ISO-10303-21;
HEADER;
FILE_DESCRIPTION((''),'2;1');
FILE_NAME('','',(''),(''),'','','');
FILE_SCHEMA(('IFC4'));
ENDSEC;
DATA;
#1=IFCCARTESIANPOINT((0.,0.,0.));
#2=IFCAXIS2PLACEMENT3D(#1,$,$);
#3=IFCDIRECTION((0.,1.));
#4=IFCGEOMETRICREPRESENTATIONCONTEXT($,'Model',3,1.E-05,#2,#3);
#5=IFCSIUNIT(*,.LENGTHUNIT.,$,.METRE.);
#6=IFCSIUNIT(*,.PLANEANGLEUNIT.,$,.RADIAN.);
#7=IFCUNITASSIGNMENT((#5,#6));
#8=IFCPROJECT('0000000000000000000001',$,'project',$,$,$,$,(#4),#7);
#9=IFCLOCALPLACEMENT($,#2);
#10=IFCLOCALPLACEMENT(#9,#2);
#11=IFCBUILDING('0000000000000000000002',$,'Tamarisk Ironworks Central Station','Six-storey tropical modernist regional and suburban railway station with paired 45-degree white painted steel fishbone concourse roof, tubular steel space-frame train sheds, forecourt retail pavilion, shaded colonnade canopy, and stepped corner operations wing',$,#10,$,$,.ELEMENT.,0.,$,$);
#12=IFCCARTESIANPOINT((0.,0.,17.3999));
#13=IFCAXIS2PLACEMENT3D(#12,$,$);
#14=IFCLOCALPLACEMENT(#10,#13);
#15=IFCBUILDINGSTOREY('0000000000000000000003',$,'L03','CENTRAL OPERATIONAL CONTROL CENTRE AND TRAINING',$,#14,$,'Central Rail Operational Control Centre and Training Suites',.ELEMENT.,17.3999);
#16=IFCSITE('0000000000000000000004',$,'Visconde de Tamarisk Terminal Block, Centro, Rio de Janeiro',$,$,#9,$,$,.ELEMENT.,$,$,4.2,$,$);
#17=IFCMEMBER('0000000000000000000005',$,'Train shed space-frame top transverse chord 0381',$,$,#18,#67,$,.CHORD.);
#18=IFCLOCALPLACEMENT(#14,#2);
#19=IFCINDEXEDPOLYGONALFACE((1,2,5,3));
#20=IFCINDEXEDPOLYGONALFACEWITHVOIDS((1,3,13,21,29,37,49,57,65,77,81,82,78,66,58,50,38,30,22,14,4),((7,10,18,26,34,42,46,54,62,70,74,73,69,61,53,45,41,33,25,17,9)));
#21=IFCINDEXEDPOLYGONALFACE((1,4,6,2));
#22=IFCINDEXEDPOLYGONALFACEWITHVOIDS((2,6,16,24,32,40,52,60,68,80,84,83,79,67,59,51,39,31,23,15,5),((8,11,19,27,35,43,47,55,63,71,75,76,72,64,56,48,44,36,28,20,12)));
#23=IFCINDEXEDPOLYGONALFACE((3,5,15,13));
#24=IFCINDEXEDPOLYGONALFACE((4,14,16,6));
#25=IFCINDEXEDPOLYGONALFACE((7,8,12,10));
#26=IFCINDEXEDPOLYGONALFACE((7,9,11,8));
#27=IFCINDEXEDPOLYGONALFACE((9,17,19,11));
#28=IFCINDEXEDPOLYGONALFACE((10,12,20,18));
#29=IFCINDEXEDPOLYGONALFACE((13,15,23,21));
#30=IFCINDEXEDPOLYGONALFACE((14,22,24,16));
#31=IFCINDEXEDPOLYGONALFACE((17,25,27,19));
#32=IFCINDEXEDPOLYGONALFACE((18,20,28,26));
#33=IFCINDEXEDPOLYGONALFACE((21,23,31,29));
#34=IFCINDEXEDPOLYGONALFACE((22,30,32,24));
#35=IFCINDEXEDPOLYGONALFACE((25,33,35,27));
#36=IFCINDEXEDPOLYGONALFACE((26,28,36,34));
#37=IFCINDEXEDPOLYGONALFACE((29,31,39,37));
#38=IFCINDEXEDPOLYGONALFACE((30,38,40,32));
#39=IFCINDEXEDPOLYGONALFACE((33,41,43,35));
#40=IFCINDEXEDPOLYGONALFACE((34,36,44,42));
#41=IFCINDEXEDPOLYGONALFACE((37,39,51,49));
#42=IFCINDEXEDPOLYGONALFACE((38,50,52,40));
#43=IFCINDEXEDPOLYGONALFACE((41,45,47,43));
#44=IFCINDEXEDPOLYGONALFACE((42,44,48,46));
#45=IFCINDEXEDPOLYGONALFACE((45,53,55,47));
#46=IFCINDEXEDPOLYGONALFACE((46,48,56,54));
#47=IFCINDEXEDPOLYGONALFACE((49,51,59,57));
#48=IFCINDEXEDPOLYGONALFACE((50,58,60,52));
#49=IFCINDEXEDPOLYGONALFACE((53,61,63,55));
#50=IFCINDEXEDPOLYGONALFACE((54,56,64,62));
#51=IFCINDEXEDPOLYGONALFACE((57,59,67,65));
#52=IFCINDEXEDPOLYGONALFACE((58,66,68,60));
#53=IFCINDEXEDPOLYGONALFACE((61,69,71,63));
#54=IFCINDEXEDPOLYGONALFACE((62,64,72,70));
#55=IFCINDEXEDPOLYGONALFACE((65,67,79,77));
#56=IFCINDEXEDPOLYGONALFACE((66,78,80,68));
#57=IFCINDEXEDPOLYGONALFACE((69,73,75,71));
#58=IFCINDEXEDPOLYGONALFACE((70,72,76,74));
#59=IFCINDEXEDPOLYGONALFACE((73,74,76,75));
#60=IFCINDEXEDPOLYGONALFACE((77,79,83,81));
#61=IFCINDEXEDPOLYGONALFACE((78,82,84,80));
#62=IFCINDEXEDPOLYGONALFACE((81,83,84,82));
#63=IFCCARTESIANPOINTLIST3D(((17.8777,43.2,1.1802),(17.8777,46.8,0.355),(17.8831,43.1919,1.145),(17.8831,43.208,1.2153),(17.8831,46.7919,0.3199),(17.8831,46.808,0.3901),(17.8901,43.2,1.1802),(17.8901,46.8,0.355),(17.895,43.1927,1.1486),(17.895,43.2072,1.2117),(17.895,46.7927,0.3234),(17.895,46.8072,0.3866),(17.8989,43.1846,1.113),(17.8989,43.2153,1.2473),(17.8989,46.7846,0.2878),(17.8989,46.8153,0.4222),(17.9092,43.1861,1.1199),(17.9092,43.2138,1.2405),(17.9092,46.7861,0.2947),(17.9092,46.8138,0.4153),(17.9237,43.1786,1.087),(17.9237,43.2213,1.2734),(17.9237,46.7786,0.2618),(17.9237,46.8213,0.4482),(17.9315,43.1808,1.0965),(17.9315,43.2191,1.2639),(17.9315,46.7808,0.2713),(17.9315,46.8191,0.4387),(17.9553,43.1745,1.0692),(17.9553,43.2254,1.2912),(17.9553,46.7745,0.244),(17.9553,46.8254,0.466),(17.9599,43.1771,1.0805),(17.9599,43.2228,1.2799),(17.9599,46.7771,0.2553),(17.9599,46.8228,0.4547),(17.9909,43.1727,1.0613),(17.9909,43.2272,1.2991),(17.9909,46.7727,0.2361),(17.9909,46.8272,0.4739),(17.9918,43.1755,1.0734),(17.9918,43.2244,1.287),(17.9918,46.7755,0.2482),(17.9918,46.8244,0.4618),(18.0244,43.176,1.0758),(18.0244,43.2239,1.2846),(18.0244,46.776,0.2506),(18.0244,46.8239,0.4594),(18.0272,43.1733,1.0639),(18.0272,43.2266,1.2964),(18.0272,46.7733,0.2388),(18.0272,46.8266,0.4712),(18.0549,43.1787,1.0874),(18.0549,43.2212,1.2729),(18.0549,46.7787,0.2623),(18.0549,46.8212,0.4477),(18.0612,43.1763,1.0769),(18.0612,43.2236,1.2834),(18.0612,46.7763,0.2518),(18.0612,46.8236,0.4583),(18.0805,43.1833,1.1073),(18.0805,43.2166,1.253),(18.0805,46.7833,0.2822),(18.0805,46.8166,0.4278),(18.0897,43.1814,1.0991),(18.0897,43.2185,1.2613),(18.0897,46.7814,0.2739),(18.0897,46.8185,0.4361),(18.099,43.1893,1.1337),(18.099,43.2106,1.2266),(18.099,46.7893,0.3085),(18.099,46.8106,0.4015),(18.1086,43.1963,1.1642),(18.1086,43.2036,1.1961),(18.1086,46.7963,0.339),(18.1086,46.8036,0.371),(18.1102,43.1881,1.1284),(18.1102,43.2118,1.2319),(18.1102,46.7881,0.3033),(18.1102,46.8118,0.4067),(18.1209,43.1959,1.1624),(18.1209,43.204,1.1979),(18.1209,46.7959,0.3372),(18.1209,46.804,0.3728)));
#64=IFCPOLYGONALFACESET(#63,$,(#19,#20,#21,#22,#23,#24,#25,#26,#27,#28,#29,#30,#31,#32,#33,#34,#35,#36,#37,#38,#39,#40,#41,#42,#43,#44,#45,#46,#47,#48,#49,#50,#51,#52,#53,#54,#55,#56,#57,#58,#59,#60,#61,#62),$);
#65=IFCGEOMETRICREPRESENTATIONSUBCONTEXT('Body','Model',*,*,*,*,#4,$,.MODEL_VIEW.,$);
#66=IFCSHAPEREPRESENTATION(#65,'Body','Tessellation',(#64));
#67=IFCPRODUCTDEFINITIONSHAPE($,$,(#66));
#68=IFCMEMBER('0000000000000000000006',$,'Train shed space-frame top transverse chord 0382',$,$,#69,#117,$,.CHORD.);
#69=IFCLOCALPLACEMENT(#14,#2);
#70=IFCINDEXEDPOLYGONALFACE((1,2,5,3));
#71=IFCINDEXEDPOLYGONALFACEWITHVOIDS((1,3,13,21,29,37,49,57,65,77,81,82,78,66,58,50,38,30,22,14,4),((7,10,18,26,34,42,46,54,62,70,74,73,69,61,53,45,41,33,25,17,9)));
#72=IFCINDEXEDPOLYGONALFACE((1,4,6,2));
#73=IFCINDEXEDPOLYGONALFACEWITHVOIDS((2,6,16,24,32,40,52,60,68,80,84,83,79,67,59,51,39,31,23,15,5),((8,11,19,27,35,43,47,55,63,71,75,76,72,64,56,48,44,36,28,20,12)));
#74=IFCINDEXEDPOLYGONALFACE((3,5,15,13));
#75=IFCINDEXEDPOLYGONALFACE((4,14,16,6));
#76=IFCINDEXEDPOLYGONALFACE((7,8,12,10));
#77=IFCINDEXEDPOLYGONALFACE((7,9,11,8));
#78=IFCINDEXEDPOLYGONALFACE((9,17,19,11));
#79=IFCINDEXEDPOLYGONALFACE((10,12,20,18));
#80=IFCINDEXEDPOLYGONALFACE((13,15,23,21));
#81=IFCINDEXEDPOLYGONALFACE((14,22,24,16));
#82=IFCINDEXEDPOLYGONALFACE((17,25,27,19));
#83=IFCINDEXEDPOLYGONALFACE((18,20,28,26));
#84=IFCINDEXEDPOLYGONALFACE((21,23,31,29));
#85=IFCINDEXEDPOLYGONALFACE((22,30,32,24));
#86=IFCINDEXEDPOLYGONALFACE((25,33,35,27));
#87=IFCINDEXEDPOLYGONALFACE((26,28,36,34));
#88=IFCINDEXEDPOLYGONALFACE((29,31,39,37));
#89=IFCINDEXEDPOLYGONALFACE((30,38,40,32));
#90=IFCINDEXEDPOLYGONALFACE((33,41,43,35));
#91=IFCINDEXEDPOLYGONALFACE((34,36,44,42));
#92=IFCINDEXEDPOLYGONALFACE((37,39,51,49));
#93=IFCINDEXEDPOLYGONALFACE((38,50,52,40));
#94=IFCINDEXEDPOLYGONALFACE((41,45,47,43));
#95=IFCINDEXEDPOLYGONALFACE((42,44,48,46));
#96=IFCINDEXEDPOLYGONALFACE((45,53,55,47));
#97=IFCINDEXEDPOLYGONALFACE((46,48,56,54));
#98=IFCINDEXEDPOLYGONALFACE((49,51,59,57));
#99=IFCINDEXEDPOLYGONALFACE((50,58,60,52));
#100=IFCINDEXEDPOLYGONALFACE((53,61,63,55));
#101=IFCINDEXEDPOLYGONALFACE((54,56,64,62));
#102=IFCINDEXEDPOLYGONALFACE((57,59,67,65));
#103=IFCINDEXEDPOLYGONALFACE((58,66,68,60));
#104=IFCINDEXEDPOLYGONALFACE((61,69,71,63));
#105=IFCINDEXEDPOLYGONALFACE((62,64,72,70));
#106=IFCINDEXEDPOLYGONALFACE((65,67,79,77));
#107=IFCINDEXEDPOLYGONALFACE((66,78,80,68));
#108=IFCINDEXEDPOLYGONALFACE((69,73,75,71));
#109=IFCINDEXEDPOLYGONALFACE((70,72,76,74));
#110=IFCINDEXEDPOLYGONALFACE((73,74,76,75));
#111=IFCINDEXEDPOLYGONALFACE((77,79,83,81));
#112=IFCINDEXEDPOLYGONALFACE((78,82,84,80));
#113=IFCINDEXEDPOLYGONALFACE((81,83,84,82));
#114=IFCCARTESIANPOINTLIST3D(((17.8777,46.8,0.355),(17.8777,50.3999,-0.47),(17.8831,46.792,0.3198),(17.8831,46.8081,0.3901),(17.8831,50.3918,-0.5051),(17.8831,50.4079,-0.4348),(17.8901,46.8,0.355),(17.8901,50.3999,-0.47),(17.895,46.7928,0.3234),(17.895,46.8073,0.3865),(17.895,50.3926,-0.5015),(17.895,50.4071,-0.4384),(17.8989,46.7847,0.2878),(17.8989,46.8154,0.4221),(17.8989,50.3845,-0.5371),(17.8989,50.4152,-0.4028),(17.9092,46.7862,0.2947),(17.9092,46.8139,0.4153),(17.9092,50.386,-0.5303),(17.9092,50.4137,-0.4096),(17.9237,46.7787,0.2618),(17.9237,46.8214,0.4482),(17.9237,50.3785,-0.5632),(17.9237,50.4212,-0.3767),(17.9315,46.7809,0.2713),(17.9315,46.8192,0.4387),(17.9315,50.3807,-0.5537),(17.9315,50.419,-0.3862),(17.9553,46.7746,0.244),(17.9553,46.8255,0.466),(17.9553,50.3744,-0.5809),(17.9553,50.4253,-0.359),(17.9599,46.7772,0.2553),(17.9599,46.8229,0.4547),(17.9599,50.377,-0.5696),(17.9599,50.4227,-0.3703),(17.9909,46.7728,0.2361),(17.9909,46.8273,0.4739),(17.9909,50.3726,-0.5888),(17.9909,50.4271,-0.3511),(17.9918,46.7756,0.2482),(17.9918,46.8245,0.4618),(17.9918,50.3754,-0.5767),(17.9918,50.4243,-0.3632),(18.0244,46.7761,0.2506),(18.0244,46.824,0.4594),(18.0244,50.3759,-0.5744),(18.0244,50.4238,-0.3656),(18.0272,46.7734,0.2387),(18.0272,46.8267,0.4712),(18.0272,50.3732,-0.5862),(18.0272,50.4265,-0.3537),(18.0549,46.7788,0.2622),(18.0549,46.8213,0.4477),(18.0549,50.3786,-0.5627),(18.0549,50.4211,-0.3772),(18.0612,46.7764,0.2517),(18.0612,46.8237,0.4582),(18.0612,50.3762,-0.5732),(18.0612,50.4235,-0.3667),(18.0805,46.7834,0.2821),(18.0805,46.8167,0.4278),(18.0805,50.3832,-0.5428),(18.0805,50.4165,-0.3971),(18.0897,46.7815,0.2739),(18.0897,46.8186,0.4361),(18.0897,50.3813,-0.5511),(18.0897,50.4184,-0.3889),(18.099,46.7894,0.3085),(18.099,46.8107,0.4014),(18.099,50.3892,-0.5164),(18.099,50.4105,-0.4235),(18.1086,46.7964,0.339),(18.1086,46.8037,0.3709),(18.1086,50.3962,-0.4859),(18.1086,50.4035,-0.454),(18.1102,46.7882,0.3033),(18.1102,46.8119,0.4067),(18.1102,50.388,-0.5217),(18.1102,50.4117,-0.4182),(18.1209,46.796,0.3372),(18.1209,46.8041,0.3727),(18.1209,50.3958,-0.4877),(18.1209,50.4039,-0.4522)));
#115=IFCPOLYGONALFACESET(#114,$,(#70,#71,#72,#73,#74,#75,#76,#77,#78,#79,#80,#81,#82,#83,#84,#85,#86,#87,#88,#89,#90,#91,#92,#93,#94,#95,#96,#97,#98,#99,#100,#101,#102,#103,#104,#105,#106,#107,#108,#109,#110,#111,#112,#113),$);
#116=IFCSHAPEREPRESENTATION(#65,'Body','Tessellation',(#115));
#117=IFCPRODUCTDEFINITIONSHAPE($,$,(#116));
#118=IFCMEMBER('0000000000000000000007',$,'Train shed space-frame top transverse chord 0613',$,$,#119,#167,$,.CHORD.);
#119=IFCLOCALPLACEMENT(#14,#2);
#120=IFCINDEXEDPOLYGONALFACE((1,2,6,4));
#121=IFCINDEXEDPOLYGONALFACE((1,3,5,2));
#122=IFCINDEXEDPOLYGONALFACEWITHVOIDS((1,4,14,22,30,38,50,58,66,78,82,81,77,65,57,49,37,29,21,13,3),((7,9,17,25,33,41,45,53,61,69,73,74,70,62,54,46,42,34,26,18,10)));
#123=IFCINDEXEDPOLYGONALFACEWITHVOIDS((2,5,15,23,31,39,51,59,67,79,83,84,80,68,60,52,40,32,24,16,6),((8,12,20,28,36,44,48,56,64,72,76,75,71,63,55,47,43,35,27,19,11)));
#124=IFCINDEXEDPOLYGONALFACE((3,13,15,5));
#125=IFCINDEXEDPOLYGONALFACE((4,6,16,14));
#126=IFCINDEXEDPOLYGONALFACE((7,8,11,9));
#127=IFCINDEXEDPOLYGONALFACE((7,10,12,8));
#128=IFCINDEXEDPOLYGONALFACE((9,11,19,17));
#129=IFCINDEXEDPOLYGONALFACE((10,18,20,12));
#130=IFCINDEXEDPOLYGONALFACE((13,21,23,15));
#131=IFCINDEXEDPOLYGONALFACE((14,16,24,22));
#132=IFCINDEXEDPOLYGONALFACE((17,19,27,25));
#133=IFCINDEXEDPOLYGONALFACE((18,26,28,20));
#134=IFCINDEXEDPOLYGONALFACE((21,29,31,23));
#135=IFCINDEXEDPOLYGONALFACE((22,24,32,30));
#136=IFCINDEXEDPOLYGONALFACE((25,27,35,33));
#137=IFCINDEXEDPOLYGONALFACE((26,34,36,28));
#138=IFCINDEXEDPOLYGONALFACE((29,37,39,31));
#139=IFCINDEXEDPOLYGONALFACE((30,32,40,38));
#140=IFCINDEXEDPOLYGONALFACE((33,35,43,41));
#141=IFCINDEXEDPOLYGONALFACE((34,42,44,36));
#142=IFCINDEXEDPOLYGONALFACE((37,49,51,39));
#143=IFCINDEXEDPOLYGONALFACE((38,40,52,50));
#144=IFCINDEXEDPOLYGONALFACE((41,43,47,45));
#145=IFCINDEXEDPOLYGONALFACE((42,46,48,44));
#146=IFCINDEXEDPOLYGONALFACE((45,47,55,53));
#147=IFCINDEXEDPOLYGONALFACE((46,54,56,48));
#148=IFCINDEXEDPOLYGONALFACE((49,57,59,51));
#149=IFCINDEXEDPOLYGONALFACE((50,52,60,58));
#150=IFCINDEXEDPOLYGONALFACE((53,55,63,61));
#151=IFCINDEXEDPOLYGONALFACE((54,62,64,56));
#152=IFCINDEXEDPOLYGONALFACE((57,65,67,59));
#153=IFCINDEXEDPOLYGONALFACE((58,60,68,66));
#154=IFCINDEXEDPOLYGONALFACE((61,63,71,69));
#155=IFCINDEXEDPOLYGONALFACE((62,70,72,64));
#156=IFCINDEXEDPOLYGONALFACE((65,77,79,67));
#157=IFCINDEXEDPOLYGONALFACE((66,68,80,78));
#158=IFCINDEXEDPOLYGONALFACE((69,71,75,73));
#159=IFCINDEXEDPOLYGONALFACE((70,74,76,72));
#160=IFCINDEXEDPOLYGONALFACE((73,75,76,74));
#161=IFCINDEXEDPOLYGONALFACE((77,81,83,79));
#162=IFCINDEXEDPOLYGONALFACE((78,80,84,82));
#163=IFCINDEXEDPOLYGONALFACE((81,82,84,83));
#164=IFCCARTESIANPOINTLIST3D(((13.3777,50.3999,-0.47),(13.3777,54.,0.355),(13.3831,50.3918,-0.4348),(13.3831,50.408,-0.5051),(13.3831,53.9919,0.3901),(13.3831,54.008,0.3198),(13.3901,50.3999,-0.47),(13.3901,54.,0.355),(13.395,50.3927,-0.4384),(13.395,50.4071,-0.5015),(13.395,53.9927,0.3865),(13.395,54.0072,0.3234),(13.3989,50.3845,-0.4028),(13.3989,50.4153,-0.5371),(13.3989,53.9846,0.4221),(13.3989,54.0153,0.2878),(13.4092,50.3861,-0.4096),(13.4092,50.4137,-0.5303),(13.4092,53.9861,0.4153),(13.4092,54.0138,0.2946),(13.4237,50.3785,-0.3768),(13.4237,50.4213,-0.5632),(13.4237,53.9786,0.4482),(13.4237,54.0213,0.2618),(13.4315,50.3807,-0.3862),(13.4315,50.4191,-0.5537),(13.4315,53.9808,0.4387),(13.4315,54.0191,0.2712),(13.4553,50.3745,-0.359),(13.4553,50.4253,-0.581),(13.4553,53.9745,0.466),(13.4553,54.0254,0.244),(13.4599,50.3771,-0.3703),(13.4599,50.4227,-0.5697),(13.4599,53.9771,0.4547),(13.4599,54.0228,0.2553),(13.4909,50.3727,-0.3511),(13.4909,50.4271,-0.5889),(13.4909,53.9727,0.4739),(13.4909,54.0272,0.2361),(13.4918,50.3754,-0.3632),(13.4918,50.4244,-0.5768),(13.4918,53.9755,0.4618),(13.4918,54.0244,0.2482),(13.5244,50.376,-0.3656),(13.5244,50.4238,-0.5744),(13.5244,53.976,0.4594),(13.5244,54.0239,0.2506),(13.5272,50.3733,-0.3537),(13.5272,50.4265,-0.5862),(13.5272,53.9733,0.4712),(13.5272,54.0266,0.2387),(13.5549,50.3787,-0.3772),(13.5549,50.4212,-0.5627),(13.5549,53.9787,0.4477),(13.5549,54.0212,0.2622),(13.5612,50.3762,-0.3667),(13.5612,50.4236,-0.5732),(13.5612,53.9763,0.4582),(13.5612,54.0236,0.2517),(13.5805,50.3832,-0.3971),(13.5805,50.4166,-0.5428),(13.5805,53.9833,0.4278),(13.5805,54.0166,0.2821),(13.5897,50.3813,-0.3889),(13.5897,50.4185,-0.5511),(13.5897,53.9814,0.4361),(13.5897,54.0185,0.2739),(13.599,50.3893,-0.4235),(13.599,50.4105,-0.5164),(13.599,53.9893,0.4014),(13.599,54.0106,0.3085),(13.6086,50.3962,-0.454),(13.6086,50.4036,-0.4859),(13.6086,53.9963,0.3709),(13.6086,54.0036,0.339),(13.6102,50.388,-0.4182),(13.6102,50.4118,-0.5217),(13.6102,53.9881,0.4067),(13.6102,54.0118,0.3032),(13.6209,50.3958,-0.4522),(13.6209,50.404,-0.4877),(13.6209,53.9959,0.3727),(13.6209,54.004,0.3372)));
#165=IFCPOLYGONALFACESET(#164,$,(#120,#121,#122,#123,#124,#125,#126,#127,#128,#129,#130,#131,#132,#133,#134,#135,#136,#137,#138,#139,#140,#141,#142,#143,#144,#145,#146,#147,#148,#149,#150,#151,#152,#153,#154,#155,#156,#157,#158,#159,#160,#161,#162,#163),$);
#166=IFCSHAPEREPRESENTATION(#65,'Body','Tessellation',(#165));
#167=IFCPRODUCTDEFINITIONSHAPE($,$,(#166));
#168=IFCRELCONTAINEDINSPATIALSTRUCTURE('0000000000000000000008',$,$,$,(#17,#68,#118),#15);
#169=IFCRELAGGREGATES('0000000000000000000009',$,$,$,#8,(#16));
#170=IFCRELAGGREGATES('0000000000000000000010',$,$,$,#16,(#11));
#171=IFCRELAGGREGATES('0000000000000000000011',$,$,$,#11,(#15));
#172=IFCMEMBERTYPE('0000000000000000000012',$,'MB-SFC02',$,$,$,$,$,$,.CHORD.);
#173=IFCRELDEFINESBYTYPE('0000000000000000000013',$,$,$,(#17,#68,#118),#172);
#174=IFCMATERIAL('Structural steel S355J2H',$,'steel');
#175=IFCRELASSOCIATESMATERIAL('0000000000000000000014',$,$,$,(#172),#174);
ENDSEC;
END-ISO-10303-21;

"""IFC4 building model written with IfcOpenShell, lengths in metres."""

from ifc_helpers import new_model, si_unit, direction, frame, origin, origin_2d, place, context, subcontext, project, spatial, hollow_circle, extrude, material, material_profile, profile_set, type_object, element, save


model = new_model("IFC4")

# Units and contexts
model_context = context("Model", 3, precision=1e-05, world=origin(), true_north=direction((0.0, 1.0)))
body_context = subcontext(model_context, "Body", "Model", "MODEL_VIEW")
ifc_project = project(units=[si_unit("LENGTHUNIT", "METRE"), si_unit("PLANEANGLEUNIT", "RADIAN")], contexts=[model_context])

# Site, building, storey
site_placement = place(None, origin())
site = spatial("IfcSite", under=ifc_project, at=site_placement, Name="Visconde de Tamarisk Terminal Block, Centro, Rio de Janeiro", CompositionType="ELEMENT", RefElevation=4.2)
building_placement = place(site_placement, origin())
building = spatial("IfcBuilding", under=site, at=building_placement, Name="Tamarisk Ironworks Central Station", Description="Six-storey tropical modernist regional and suburban railway station with paired 45-degree white painted steel fishbone concourse roof, tubular steel space-frame train sheds, forecourt retail pavilion, shaded colonnade canopy, and stepped corner operations wing", CompositionType="ELEMENT", ElevationOfRefHeight=0.0)
storey_placement = place(building_placement, frame((0.0, 0.0, 17.3999)))
storey = spatial("IfcBuildingStorey", under=building, at=storey_placement, Name="L03", Description="CENTRAL OPERATIONAL CONTROL CENTRE AND TRAINING", LongName="Central Rail Operational Control Centre and Training Suites", CompositionType="ELEMENT", Elevation=17.3999)

# Members
ifc_material = material(Name="Structural steel S355J2H", Category="steel")
ifc_material_profile_1 = material_profile(ifc_material, hollow_circle(Radius=0.1223, WallThickness=0.0125, at=origin_2d()), Name="CHS 244.5x12.5")
ifc_profile_set_1 = profile_set([ifc_material_profile_1], Name="Structural steel S355J2H")
member_type_1 = type_object("IfcMemberType", Name="MB-SFC02", PredefinedType="CHORD", material=ifc_profile_set_1)
member_1_placement = place(storey_placement, frame((18.0, 43.2, 1.1802), z_axis=(0.0, 0.974722, -0.223421), x_axis=(-1.0, 0.0, 0.0)))
element("IfcMember", 1, at=member_1_placement, inside=storey, type_object=member_type_1, Name="Train shed space-frame top transverse chord 0381", PredefinedType="CHORD", context=body_context, shape_type="SweptSolid", body=[
    extrude(hollow_circle(Radius=0.1223, WallThickness=0.0125, at=origin_2d()), origin(), (0.0, 0.0, 1.0), 3.6934),
])
member_2_placement = place(storey_placement, frame((18.0, 46.8, 0.355), z_axis=(0.0, 0.974733, -0.223372), x_axis=(-1.0, 0.0, 0.0)))
element("IfcMember", 2, at=member_2_placement, inside=storey, type_object=member_type_1, Name="Train shed space-frame top transverse chord 0382", PredefinedType="CHORD", context=body_context, shape_type="SweptSolid", body=[
    extrude(hollow_circle(Radius=0.1223, WallThickness=0.0125, at=origin_2d()), origin(), (0.0, 0.0, 1.0), 3.6931),
])
member_3_placement = place(storey_placement, frame((13.5, 50.3999, -0.47), z_axis=(0.0, 0.974737, 0.223358), x_axis=(-1.0, 0.0, 0.0)))
element("IfcMember", 3, at=member_3_placement, inside=storey, type_object=member_type_1, Name="Train shed space-frame top transverse chord 0613", PredefinedType="CHORD", context=body_context, shape_type="SweptSolid", body=[
    extrude(hollow_circle(Radius=0.1223, WallThickness=0.0125, at=origin_2d()), origin(), (0.0, 0.0, 1.0), 3.6934),
])

save(model, "model.ifc")
